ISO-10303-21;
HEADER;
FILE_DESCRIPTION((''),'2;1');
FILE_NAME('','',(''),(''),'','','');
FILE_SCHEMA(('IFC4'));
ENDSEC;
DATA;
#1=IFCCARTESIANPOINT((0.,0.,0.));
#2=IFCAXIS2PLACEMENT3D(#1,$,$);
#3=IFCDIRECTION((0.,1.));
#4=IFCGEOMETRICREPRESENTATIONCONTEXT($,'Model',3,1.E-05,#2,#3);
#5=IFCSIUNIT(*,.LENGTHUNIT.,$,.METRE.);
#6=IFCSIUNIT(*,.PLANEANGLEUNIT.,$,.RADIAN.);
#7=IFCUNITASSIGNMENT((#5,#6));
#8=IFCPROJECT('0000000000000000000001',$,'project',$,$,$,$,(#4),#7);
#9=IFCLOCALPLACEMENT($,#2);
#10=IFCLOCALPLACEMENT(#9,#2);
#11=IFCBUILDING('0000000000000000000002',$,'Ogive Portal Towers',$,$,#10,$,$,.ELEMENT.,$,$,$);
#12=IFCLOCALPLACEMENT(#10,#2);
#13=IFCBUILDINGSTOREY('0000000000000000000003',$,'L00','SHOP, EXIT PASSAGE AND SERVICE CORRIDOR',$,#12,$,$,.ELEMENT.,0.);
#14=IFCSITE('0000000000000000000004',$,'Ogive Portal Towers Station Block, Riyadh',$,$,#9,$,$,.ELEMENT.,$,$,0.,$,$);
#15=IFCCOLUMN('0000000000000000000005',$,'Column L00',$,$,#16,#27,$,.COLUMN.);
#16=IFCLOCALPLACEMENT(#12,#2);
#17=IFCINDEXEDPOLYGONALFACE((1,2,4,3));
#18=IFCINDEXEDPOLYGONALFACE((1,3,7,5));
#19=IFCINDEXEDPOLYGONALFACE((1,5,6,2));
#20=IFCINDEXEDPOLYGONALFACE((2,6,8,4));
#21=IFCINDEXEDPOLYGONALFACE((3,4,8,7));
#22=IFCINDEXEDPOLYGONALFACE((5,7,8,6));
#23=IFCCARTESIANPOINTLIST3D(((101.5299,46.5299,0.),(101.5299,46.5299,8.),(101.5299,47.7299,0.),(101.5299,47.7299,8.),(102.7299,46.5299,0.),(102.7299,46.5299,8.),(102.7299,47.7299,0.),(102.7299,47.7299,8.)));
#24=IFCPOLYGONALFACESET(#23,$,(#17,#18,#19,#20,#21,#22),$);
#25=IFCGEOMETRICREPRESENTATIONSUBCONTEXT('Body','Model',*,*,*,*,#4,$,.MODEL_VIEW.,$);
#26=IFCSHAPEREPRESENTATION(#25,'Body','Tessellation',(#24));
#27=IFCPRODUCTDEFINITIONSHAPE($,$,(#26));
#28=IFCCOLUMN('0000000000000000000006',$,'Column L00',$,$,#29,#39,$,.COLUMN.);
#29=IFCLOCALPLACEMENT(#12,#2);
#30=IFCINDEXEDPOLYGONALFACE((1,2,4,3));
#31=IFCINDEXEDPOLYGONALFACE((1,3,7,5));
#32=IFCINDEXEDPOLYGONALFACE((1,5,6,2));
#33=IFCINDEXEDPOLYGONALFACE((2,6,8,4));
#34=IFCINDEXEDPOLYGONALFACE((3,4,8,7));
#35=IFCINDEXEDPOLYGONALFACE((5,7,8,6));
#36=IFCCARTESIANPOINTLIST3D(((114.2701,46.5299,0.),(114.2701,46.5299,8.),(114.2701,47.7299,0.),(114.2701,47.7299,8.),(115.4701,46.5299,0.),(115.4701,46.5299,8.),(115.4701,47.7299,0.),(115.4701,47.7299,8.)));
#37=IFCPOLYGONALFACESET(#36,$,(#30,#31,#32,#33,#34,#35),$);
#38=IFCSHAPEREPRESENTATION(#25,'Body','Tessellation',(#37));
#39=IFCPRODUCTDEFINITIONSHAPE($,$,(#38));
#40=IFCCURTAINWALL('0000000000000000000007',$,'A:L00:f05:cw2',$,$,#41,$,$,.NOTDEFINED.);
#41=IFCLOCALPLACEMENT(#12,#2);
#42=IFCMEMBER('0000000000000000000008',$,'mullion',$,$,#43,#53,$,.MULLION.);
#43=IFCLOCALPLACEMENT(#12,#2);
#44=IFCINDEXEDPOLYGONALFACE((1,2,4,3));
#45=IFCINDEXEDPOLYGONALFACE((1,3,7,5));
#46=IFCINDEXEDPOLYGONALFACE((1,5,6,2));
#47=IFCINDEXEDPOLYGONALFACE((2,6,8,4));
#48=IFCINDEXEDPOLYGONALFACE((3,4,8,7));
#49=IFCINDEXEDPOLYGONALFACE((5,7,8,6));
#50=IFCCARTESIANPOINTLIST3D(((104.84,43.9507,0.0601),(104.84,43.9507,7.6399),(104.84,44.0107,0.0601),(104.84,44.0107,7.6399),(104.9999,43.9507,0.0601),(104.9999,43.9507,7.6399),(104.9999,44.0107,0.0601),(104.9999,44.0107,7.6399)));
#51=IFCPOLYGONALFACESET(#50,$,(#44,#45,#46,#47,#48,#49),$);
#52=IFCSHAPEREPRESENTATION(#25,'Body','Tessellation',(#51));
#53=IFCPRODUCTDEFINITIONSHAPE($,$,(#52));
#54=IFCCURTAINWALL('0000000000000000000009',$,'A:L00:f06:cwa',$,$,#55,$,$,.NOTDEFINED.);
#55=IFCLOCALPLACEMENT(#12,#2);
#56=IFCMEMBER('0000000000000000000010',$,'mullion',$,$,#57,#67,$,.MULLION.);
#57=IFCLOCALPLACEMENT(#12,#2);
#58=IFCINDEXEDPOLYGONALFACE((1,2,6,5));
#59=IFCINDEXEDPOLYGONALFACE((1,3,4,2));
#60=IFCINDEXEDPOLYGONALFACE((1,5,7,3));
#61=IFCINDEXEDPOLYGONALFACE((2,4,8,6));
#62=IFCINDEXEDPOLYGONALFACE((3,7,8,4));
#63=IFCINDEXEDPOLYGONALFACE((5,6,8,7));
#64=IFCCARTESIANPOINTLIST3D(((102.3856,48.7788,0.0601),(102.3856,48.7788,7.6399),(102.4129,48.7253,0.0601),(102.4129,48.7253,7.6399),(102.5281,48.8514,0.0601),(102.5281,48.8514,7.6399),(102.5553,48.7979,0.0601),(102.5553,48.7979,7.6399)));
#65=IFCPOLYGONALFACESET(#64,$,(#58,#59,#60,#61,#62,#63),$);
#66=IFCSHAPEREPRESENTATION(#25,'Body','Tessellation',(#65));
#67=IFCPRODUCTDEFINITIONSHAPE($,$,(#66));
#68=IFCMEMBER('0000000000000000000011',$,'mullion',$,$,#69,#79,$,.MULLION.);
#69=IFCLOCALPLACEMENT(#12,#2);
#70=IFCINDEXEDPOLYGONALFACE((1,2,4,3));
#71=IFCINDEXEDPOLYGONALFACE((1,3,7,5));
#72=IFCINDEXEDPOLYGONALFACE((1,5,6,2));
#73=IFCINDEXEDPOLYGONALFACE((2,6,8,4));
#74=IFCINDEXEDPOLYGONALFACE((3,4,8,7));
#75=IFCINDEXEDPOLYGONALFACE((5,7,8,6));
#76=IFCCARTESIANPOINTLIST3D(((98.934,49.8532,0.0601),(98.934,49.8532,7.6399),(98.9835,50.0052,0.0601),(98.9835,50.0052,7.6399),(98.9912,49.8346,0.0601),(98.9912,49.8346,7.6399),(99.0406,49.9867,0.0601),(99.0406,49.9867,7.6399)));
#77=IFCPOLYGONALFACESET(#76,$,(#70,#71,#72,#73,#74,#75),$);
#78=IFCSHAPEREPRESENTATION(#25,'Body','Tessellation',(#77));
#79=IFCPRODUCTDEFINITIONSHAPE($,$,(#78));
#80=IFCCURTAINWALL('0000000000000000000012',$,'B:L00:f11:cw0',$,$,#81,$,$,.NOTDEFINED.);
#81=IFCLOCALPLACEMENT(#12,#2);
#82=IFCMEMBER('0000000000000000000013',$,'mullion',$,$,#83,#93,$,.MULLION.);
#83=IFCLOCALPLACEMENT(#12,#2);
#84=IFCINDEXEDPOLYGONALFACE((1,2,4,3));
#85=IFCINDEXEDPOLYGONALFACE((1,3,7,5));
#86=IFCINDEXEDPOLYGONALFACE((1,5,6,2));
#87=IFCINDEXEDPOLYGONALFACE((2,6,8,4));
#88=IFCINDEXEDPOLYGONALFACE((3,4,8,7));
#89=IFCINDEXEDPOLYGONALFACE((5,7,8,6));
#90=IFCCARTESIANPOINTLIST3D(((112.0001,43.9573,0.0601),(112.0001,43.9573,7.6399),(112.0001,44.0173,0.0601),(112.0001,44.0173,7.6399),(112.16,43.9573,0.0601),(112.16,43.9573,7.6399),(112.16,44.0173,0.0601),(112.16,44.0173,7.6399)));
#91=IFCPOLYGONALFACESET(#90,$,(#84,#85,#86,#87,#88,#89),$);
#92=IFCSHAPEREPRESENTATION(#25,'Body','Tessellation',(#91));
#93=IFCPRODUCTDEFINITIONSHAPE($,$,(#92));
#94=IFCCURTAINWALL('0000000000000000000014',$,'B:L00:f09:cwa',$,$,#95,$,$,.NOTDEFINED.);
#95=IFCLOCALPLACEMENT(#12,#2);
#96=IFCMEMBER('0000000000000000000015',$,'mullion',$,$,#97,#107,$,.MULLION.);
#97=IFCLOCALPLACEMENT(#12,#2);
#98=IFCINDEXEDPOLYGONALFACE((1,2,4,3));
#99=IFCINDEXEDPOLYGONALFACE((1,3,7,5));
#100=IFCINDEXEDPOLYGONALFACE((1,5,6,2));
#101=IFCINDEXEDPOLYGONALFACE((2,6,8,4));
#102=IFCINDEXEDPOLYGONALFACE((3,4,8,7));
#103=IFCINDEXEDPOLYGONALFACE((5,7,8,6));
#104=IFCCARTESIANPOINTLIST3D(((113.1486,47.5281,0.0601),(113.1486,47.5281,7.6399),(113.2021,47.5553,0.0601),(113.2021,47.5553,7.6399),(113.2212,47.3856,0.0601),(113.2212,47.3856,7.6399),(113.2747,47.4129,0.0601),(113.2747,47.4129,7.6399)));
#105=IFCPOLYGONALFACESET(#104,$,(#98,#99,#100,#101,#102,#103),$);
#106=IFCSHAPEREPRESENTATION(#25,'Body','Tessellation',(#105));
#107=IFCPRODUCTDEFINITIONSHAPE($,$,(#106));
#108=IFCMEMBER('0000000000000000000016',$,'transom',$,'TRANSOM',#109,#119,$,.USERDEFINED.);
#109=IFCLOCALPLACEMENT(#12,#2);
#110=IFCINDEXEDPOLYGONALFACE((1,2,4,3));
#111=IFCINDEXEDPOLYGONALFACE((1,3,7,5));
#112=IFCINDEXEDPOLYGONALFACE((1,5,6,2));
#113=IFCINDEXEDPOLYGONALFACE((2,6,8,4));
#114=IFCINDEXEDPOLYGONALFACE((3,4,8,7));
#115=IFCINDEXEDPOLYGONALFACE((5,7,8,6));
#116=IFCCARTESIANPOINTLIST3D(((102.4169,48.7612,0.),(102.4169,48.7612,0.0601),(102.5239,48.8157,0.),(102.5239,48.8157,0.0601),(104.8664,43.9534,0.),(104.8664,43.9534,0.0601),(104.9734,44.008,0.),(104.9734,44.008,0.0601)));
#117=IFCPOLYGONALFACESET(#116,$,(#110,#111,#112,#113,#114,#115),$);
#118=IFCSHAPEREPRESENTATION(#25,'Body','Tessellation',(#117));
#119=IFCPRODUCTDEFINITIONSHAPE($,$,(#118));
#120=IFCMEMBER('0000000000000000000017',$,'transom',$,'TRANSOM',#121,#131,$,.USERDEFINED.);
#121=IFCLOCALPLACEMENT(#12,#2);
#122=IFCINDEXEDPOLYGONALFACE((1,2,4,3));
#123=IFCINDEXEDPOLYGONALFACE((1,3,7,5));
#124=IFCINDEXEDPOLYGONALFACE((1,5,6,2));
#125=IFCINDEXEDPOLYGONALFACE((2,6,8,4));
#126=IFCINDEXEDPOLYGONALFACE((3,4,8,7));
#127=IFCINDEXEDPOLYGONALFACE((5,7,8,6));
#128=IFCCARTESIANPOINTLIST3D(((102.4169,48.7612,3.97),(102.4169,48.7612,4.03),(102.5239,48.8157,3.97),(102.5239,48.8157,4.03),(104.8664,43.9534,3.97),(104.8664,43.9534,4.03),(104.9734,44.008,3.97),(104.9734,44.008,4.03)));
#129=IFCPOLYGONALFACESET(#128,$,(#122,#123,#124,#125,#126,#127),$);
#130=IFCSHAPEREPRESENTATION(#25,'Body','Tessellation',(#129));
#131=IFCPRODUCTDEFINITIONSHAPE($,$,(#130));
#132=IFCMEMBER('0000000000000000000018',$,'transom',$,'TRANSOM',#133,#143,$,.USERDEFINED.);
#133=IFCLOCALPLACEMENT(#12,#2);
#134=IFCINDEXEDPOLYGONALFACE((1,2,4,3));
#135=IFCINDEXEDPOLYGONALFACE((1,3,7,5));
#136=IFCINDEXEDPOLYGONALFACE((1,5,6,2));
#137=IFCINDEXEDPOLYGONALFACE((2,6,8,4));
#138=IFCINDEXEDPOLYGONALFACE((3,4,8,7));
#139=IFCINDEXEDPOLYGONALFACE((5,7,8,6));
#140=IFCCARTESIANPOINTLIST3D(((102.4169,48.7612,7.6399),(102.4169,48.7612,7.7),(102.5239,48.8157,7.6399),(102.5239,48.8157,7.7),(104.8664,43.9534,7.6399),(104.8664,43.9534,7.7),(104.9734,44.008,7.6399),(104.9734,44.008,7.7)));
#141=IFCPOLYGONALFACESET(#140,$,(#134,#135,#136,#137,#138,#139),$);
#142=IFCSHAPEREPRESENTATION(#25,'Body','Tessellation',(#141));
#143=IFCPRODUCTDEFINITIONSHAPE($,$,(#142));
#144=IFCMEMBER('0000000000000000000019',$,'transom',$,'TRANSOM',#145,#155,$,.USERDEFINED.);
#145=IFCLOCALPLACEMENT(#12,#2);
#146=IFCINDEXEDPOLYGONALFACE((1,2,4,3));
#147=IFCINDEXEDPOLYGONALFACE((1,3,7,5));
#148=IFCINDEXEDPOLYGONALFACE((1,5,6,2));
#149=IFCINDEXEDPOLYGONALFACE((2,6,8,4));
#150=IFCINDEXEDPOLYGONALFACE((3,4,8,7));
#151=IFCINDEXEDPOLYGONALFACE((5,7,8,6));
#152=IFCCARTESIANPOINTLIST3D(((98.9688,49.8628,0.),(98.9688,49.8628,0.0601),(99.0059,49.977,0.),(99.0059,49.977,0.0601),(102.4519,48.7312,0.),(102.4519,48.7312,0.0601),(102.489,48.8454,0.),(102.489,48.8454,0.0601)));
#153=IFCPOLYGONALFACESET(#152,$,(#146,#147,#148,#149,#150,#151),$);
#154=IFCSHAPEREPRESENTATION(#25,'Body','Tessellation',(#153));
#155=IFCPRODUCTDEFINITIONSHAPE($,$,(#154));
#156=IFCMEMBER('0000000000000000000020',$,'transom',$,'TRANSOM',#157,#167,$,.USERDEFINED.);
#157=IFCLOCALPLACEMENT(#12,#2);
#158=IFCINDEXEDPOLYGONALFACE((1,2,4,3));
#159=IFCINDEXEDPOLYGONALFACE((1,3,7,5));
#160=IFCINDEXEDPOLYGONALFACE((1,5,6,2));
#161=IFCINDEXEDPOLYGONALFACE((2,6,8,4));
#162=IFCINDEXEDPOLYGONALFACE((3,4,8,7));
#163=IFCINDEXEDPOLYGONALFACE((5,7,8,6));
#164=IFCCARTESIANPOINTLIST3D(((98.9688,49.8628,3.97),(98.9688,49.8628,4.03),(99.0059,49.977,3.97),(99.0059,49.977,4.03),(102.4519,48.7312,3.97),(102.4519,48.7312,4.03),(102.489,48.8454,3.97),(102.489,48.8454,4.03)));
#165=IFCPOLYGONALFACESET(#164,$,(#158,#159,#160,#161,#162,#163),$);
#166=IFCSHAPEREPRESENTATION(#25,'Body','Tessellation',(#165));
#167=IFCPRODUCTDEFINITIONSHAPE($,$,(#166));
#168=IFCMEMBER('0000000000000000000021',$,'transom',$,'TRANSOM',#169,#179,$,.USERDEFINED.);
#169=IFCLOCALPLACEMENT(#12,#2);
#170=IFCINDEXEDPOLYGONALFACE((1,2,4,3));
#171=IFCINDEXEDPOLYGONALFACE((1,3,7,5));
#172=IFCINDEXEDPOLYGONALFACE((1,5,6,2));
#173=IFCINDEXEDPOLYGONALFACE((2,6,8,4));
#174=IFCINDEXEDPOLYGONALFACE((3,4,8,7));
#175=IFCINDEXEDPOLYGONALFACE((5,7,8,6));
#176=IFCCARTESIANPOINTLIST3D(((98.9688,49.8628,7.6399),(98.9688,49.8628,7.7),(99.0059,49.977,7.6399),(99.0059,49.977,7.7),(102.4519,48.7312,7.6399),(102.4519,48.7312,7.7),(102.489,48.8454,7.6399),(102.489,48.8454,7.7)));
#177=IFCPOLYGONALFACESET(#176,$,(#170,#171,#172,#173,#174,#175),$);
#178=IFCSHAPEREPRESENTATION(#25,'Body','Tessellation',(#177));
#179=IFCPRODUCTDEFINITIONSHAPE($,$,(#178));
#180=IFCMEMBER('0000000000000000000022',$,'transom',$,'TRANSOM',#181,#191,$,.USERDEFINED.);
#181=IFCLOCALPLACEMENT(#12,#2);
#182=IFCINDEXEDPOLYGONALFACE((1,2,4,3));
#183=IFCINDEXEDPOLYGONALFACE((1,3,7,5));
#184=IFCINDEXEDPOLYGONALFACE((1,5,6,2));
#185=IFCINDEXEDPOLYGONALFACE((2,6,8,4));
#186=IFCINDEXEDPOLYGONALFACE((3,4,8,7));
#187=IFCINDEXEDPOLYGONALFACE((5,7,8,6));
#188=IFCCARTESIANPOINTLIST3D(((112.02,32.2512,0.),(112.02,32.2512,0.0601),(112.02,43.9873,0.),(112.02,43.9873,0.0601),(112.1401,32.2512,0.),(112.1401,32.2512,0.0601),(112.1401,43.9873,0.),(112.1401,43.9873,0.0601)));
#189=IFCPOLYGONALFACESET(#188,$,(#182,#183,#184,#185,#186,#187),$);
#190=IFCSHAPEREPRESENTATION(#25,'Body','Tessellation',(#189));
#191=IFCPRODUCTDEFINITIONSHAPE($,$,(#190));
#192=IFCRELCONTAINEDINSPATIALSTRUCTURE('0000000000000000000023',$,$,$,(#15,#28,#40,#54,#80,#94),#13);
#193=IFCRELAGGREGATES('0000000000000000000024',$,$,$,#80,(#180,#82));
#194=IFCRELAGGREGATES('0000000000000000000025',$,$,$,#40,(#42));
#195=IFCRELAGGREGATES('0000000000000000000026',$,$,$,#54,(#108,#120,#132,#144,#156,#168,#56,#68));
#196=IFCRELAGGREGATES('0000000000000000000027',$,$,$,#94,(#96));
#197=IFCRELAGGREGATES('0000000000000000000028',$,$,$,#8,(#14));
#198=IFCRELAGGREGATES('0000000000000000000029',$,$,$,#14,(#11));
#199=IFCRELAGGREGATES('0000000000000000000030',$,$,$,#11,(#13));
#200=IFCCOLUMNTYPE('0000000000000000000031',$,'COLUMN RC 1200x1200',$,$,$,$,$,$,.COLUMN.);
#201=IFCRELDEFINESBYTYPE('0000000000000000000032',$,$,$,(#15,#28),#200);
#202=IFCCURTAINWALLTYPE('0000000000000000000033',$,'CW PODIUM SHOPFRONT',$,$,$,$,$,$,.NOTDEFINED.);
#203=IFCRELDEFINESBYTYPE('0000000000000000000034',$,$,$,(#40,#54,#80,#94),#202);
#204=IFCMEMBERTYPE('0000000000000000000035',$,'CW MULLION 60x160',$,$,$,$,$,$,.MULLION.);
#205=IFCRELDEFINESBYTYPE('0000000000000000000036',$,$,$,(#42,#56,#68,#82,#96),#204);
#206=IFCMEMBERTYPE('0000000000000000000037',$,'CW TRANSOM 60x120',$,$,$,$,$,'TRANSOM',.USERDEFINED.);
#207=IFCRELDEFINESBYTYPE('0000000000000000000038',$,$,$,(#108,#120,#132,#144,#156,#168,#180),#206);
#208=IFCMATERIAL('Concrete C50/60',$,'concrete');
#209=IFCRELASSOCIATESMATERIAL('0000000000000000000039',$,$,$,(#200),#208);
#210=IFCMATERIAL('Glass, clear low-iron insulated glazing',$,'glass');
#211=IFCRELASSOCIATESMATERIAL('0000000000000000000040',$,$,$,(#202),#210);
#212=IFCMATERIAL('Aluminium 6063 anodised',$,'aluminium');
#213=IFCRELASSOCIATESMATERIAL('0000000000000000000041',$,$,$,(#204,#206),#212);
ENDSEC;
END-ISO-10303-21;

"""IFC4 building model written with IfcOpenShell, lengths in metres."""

from ifc_helpers import new_model, si_unit, direction, frame, origin, origin_2d, place, context, subcontext, project, spatial, rectangle, extrude, material, material_profile, profile_set, type_object, element, aggregate, save


model = new_model("IFC4")

# Units and contexts
model_context = context("Model", 3, precision=1e-05, world=origin(), true_north=direction((0.0, 1.0)))
body_context = subcontext(model_context, "Body", "Model", "MODEL_VIEW")
ifc_project = project(units=[si_unit("LENGTHUNIT", "METRE"), si_unit("PLANEANGLEUNIT", "RADIAN")], contexts=[model_context])

# Site, building, storey
site_placement = place(None, origin())
site = spatial("IfcSite", under=ifc_project, at=site_placement, Name="Ogive Portal Towers Station Block, Riyadh", CompositionType="ELEMENT", RefElevation=0.0)
building_placement = place(site_placement, origin())
building = spatial("IfcBuilding", under=site, at=building_placement, Name="Ogive Portal Towers", CompositionType="ELEMENT")
storey_placement = place(building_placement, origin())
storey = spatial("IfcBuildingStorey", under=building, at=storey_placement, Name="L00", Description="SHOP, EXIT PASSAGE AND SERVICE CORRIDOR", CompositionType="ELEMENT", Elevation=0.0)

# Columns
ifc_material_1 = material(Name="Concrete C50/60", Category="concrete")
ifc_material_profile_1 = material_profile(ifc_material_1, rectangle(XDim=1.2, YDim=1.2, at=origin_2d()), Name="RC 1200x1200")
ifc_profile_set_1 = profile_set([ifc_material_profile_1], Name="Concrete C50/60")
column_type = type_object("IfcColumnType", Name="COLUMN RC 1200x1200", PredefinedType="COLUMN", material=ifc_profile_set_1)
for number, where, z_axis, x_axis, name in (
    (1, (102.1299, 47.1299, 0.0), (0.0, 0.0, 1.0), (1.0, 0.0, 0.0), "Column L00"),
    (2, (114.8701, 47.1299, 0.0), (0.0, 0.0, 1.0), (1.0, 0.0, 0.0), "Column L00"),
):
    element("IfcColumn", number, at=place(storey_placement, frame(where, z_axis=z_axis, x_axis=x_axis)), inside=storey, type_object=column_type, Name=name, PredefinedType="COLUMN", context=body_context, shape_type="SweptSolid", body=[
        extrude(rectangle(XDim=1.2, YDim=1.2, at=origin_2d()), origin(), (0.0, 0.0, 1.0), 8.0),
    ])

# Curtain wall, member
ifc_material_2 = material(Name="Glass, clear low-iron insulated glazing", Category="glass")
curtain_wall_type = type_object("IfcCurtainWallType", Name="CW PODIUM SHOPFRONT", PredefinedType="NOTDEFINED", material=ifc_material_2)
curtain_wall_1_placement = place(storey_placement, origin())
curtain_wall_1 = element("IfcCurtainWall", 3, at=curtain_wall_1_placement, inside=storey, type_object=curtain_wall_type, Name="A:L00:f05:cw2", PredefinedType="NOTDEFINED")
ifc_material_3 = material(Name="Aluminium 6063 anodised", Category="aluminium")
ifc_material_profile_2 = material_profile(ifc_material_3, rectangle(XDim=0.1599, YDim=0.0601, at=origin_2d()), Name="AL 60x160")
ifc_profile_set_2 = profile_set([ifc_material_profile_2], Name="Aluminium 6063 anodised")
member_type_1 = type_object("IfcMemberType", Name="CW MULLION 60x160", PredefinedType="MULLION", material=ifc_profile_set_2)
member_1_placement = place(storey_placement, frame((104.9199, 43.9807, 0.0601), z_axis=(0.0, 0.0, 1.0), x_axis=(-1.0, 0.0, 0.0)))
member_1 = element("IfcMember", 4, at=member_1_placement, type_object=member_type_1, Name="mullion", PredefinedType="MULLION", context=body_context, shape_type="SweptSolid", body=[
    extrude(rectangle(XDim=0.1599, YDim=0.0601, at=origin_2d()), origin(), (0.0, 0.0, 1.0), 7.5798),
])

# Curtain wall, members
curtain_wall_2_placement = place(storey_placement, origin())
curtain_wall_2 = element("IfcCurtainWall", 5, at=curtain_wall_2_placement, inside=storey, type_object=curtain_wall_type, Name="A:L00:f06:cwa", PredefinedType="NOTDEFINED")
member_2_placement = place(storey_placement, frame((102.4705, 48.7883, 0.0601), z_axis=(0.0, 0.0, 1.0), x_axis=(-0.891007, -0.45399, 0.0)))
member_2 = element("IfcMember", 6, at=member_2_placement, type_object=member_type_1, Name="mullion", PredefinedType="MULLION", context=body_context, shape_type="SweptSolid", body=[
    extrude(rectangle(XDim=0.1599, YDim=0.0601, at=origin_2d()), origin(), (0.0, 0.0, 1.0), 7.5798),
])
member_3_placement = place(storey_placement, frame((98.9873, 49.9199, 0.0601), z_axis=(0.0, 0.0, 1.0), x_axis=(-0.309017, -0.951057, 0.0)))
member_3 = element("IfcMember", 7, at=member_3_placement, type_object=member_type_1, Name="mullion", PredefinedType="MULLION", context=body_context, shape_type="SweptSolid", body=[
    extrude(rectangle(XDim=0.1599, YDim=0.0601, at=origin_2d()), origin(), (0.0, 0.0, 1.0), 7.5798),
])

# Curtain walls, members
curtain_wall_3_placement = place(storey_placement, origin())
curtain_wall_3 = element("IfcCurtainWall", 8, at=curtain_wall_3_placement, inside=storey, type_object=curtain_wall_type, Name="B:L00:f11:cw0", PredefinedType="NOTDEFINED")
member_4_placement = place(storey_placement, frame((112.0801, 43.9873, 0.0601), z_axis=(0.0, 0.0, 1.0), x_axis=(1.0, 0.0, 0.0)))
member_4 = element("IfcMember", 9, at=member_4_placement, type_object=member_type_1, Name="mullion", PredefinedType="MULLION", context=body_context, shape_type="SweptSolid", body=[
    extrude(rectangle(XDim=0.1599, YDim=0.0601, at=origin_2d()), origin(), (0.0, 0.0, 1.0), 7.5798),
])
curtain_wall_4_placement = place(storey_placement, origin())
curtain_wall_4 = element("IfcCurtainWall", 10, at=curtain_wall_4_placement, inside=storey, type_object=curtain_wall_type, Name="B:L00:f09:cwa", PredefinedType="NOTDEFINED")
member_5_placement = place(storey_placement, frame((113.2117, 47.4705, 0.0601), z_axis=(0.0, 0.0, 1.0), x_axis=(0.45399, -0.891007, 0.0)))
member_5 = element("IfcMember", 11, at=member_5_placement, type_object=member_type_1, Name="mullion", PredefinedType="MULLION", context=body_context, shape_type="SweptSolid", body=[
    extrude(rectangle(XDim=0.1599, YDim=0.0601, at=origin_2d()), origin(), (0.0, 0.0, 1.0), 7.5798),
])

# Members
ifc_material_profile_3 = material_profile(ifc_material_3, rectangle(XDim=0.1201, YDim=0.0601, at=origin_2d()), Name="AL 120x60")
ifc_profile_set_3 = profile_set([ifc_material_profile_3], Name="Aluminium 6063 anodised")
member_type_2 = type_object("IfcMemberType", Name="CW TRANSOM 60x120", ElementType="TRANSOM", PredefinedType="USERDEFINED", material=ifc_profile_set_3)
member_6_placement = place(storey_placement, frame((104.9199, 43.9807, 0.03), z_axis=(-0.45397, 0.891017, 0.0), x_axis=(-0.891017, -0.45397, 0.0)))
member_6 = element("IfcMember", 12, at=member_6_placement, type_object=member_type_2, Name="transom", ObjectType="TRANSOM", PredefinedType="USERDEFINED", context=body_context, shape_type="SweptSolid", body=[
    extrude(rectangle(XDim=0.1201, YDim=0.0601, at=origin_2d()), origin(), (0.0, 0.0, 1.0), 5.3958),
])
member_7_placement = place(storey_placement, frame((104.9199, 43.9807, 4.0), z_axis=(-0.45397, 0.891017, 0.0), x_axis=(-0.891017, -0.45397, 0.0)))
member_7 = element("IfcMember", 13, at=member_7_placement, type_object=member_type_2, Name="transom", ObjectType="TRANSOM", PredefinedType="USERDEFINED", context=body_context, shape_type="SweptSolid", body=[
    extrude(rectangle(XDim=0.1201, YDim=0.0601, at=origin_2d()), origin(), (0.0, 0.0, 1.0), 5.3958),
])
member_8_placement = place(storey_placement, frame((104.9199, 43.9807, 7.6699), z_axis=(-0.45397, 0.891017, 0.0), x_axis=(-0.891017, -0.45397, 0.0)))
member_8 = element("IfcMember", 14, at=member_8_placement, type_object=member_type_2, Name="transom", ObjectType="TRANSOM", PredefinedType="USERDEFINED", context=body_context, shape_type="SweptSolid", body=[
    extrude(rectangle(XDim=0.1201, YDim=0.0601, at=origin_2d()), origin(), (0.0, 0.0, 1.0), 5.3958),
])
member_9_placement = place(storey_placement, frame((102.4705, 48.7883, 0.03), z_axis=(-0.951069, 0.308979, 0.0), x_axis=(-0.308979, -0.951069, 0.0)))
member_9 = element("IfcMember", 15, at=member_9_placement, type_object=member_type_2, Name="transom", ObjectType="TRANSOM", PredefinedType="USERDEFINED", context=body_context, shape_type="SweptSolid", body=[
    extrude(rectangle(XDim=0.1201, YDim=0.0601, at=origin_2d()), origin(), (0.0, 0.0, 1.0), 3.6624),
])
member_10_placement = place(storey_placement, frame((102.4705, 48.7883, 4.0), z_axis=(-0.951069, 0.308979, 0.0), x_axis=(-0.308979, -0.951069, 0.0)))
member_10 = element("IfcMember", 16, at=member_10_placement, type_object=member_type_2, Name="transom", ObjectType="TRANSOM", PredefinedType="USERDEFINED", context=body_context, shape_type="SweptSolid", body=[
    extrude(rectangle(XDim=0.1201, YDim=0.0601, at=origin_2d()), origin(), (0.0, 0.0, 1.0), 3.6624),
])
member_11_placement = place(storey_placement, frame((102.4705, 48.7883, 7.6699), z_axis=(-0.951069, 0.308979, 0.0), x_axis=(-0.308979, -0.951069, 0.0)))
member_11 = element("IfcMember", 17, at=member_11_placement, type_object=member_type_2, Name="transom", ObjectType="TRANSOM", PredefinedType="USERDEFINED", context=body_context, shape_type="SweptSolid", body=[
    extrude(rectangle(XDim=0.1201, YDim=0.0601, at=origin_2d()), origin(), (0.0, 0.0, 1.0), 3.6624),
])
member_12_placement = place(storey_placement, frame((112.0801, 43.9873, 0.03), z_axis=(0.0, -1.0, 0.0), x_axis=(1.0, 0.0, 0.0)))
member_12 = element("IfcMember", 18, at=member_12_placement, type_object=member_type_2, Name="transom", ObjectType="TRANSOM", PredefinedType="USERDEFINED", context=body_context, shape_type="SweptSolid", body=[
    extrude(rectangle(XDim=0.1201, YDim=0.0601, at=origin_2d()), origin(), (0.0, 0.0, 1.0), 11.7361),
])
aggregate(curtain_wall_3, [member_12, member_4])

aggregate(curtain_wall_1, [member_1])
aggregate(curtain_wall_2, [member_6, member_7, member_8, member_9, member_10, member_11, member_2, member_3])
aggregate(curtain_wall_4, [member_5])

save(model, "model.ifc")
